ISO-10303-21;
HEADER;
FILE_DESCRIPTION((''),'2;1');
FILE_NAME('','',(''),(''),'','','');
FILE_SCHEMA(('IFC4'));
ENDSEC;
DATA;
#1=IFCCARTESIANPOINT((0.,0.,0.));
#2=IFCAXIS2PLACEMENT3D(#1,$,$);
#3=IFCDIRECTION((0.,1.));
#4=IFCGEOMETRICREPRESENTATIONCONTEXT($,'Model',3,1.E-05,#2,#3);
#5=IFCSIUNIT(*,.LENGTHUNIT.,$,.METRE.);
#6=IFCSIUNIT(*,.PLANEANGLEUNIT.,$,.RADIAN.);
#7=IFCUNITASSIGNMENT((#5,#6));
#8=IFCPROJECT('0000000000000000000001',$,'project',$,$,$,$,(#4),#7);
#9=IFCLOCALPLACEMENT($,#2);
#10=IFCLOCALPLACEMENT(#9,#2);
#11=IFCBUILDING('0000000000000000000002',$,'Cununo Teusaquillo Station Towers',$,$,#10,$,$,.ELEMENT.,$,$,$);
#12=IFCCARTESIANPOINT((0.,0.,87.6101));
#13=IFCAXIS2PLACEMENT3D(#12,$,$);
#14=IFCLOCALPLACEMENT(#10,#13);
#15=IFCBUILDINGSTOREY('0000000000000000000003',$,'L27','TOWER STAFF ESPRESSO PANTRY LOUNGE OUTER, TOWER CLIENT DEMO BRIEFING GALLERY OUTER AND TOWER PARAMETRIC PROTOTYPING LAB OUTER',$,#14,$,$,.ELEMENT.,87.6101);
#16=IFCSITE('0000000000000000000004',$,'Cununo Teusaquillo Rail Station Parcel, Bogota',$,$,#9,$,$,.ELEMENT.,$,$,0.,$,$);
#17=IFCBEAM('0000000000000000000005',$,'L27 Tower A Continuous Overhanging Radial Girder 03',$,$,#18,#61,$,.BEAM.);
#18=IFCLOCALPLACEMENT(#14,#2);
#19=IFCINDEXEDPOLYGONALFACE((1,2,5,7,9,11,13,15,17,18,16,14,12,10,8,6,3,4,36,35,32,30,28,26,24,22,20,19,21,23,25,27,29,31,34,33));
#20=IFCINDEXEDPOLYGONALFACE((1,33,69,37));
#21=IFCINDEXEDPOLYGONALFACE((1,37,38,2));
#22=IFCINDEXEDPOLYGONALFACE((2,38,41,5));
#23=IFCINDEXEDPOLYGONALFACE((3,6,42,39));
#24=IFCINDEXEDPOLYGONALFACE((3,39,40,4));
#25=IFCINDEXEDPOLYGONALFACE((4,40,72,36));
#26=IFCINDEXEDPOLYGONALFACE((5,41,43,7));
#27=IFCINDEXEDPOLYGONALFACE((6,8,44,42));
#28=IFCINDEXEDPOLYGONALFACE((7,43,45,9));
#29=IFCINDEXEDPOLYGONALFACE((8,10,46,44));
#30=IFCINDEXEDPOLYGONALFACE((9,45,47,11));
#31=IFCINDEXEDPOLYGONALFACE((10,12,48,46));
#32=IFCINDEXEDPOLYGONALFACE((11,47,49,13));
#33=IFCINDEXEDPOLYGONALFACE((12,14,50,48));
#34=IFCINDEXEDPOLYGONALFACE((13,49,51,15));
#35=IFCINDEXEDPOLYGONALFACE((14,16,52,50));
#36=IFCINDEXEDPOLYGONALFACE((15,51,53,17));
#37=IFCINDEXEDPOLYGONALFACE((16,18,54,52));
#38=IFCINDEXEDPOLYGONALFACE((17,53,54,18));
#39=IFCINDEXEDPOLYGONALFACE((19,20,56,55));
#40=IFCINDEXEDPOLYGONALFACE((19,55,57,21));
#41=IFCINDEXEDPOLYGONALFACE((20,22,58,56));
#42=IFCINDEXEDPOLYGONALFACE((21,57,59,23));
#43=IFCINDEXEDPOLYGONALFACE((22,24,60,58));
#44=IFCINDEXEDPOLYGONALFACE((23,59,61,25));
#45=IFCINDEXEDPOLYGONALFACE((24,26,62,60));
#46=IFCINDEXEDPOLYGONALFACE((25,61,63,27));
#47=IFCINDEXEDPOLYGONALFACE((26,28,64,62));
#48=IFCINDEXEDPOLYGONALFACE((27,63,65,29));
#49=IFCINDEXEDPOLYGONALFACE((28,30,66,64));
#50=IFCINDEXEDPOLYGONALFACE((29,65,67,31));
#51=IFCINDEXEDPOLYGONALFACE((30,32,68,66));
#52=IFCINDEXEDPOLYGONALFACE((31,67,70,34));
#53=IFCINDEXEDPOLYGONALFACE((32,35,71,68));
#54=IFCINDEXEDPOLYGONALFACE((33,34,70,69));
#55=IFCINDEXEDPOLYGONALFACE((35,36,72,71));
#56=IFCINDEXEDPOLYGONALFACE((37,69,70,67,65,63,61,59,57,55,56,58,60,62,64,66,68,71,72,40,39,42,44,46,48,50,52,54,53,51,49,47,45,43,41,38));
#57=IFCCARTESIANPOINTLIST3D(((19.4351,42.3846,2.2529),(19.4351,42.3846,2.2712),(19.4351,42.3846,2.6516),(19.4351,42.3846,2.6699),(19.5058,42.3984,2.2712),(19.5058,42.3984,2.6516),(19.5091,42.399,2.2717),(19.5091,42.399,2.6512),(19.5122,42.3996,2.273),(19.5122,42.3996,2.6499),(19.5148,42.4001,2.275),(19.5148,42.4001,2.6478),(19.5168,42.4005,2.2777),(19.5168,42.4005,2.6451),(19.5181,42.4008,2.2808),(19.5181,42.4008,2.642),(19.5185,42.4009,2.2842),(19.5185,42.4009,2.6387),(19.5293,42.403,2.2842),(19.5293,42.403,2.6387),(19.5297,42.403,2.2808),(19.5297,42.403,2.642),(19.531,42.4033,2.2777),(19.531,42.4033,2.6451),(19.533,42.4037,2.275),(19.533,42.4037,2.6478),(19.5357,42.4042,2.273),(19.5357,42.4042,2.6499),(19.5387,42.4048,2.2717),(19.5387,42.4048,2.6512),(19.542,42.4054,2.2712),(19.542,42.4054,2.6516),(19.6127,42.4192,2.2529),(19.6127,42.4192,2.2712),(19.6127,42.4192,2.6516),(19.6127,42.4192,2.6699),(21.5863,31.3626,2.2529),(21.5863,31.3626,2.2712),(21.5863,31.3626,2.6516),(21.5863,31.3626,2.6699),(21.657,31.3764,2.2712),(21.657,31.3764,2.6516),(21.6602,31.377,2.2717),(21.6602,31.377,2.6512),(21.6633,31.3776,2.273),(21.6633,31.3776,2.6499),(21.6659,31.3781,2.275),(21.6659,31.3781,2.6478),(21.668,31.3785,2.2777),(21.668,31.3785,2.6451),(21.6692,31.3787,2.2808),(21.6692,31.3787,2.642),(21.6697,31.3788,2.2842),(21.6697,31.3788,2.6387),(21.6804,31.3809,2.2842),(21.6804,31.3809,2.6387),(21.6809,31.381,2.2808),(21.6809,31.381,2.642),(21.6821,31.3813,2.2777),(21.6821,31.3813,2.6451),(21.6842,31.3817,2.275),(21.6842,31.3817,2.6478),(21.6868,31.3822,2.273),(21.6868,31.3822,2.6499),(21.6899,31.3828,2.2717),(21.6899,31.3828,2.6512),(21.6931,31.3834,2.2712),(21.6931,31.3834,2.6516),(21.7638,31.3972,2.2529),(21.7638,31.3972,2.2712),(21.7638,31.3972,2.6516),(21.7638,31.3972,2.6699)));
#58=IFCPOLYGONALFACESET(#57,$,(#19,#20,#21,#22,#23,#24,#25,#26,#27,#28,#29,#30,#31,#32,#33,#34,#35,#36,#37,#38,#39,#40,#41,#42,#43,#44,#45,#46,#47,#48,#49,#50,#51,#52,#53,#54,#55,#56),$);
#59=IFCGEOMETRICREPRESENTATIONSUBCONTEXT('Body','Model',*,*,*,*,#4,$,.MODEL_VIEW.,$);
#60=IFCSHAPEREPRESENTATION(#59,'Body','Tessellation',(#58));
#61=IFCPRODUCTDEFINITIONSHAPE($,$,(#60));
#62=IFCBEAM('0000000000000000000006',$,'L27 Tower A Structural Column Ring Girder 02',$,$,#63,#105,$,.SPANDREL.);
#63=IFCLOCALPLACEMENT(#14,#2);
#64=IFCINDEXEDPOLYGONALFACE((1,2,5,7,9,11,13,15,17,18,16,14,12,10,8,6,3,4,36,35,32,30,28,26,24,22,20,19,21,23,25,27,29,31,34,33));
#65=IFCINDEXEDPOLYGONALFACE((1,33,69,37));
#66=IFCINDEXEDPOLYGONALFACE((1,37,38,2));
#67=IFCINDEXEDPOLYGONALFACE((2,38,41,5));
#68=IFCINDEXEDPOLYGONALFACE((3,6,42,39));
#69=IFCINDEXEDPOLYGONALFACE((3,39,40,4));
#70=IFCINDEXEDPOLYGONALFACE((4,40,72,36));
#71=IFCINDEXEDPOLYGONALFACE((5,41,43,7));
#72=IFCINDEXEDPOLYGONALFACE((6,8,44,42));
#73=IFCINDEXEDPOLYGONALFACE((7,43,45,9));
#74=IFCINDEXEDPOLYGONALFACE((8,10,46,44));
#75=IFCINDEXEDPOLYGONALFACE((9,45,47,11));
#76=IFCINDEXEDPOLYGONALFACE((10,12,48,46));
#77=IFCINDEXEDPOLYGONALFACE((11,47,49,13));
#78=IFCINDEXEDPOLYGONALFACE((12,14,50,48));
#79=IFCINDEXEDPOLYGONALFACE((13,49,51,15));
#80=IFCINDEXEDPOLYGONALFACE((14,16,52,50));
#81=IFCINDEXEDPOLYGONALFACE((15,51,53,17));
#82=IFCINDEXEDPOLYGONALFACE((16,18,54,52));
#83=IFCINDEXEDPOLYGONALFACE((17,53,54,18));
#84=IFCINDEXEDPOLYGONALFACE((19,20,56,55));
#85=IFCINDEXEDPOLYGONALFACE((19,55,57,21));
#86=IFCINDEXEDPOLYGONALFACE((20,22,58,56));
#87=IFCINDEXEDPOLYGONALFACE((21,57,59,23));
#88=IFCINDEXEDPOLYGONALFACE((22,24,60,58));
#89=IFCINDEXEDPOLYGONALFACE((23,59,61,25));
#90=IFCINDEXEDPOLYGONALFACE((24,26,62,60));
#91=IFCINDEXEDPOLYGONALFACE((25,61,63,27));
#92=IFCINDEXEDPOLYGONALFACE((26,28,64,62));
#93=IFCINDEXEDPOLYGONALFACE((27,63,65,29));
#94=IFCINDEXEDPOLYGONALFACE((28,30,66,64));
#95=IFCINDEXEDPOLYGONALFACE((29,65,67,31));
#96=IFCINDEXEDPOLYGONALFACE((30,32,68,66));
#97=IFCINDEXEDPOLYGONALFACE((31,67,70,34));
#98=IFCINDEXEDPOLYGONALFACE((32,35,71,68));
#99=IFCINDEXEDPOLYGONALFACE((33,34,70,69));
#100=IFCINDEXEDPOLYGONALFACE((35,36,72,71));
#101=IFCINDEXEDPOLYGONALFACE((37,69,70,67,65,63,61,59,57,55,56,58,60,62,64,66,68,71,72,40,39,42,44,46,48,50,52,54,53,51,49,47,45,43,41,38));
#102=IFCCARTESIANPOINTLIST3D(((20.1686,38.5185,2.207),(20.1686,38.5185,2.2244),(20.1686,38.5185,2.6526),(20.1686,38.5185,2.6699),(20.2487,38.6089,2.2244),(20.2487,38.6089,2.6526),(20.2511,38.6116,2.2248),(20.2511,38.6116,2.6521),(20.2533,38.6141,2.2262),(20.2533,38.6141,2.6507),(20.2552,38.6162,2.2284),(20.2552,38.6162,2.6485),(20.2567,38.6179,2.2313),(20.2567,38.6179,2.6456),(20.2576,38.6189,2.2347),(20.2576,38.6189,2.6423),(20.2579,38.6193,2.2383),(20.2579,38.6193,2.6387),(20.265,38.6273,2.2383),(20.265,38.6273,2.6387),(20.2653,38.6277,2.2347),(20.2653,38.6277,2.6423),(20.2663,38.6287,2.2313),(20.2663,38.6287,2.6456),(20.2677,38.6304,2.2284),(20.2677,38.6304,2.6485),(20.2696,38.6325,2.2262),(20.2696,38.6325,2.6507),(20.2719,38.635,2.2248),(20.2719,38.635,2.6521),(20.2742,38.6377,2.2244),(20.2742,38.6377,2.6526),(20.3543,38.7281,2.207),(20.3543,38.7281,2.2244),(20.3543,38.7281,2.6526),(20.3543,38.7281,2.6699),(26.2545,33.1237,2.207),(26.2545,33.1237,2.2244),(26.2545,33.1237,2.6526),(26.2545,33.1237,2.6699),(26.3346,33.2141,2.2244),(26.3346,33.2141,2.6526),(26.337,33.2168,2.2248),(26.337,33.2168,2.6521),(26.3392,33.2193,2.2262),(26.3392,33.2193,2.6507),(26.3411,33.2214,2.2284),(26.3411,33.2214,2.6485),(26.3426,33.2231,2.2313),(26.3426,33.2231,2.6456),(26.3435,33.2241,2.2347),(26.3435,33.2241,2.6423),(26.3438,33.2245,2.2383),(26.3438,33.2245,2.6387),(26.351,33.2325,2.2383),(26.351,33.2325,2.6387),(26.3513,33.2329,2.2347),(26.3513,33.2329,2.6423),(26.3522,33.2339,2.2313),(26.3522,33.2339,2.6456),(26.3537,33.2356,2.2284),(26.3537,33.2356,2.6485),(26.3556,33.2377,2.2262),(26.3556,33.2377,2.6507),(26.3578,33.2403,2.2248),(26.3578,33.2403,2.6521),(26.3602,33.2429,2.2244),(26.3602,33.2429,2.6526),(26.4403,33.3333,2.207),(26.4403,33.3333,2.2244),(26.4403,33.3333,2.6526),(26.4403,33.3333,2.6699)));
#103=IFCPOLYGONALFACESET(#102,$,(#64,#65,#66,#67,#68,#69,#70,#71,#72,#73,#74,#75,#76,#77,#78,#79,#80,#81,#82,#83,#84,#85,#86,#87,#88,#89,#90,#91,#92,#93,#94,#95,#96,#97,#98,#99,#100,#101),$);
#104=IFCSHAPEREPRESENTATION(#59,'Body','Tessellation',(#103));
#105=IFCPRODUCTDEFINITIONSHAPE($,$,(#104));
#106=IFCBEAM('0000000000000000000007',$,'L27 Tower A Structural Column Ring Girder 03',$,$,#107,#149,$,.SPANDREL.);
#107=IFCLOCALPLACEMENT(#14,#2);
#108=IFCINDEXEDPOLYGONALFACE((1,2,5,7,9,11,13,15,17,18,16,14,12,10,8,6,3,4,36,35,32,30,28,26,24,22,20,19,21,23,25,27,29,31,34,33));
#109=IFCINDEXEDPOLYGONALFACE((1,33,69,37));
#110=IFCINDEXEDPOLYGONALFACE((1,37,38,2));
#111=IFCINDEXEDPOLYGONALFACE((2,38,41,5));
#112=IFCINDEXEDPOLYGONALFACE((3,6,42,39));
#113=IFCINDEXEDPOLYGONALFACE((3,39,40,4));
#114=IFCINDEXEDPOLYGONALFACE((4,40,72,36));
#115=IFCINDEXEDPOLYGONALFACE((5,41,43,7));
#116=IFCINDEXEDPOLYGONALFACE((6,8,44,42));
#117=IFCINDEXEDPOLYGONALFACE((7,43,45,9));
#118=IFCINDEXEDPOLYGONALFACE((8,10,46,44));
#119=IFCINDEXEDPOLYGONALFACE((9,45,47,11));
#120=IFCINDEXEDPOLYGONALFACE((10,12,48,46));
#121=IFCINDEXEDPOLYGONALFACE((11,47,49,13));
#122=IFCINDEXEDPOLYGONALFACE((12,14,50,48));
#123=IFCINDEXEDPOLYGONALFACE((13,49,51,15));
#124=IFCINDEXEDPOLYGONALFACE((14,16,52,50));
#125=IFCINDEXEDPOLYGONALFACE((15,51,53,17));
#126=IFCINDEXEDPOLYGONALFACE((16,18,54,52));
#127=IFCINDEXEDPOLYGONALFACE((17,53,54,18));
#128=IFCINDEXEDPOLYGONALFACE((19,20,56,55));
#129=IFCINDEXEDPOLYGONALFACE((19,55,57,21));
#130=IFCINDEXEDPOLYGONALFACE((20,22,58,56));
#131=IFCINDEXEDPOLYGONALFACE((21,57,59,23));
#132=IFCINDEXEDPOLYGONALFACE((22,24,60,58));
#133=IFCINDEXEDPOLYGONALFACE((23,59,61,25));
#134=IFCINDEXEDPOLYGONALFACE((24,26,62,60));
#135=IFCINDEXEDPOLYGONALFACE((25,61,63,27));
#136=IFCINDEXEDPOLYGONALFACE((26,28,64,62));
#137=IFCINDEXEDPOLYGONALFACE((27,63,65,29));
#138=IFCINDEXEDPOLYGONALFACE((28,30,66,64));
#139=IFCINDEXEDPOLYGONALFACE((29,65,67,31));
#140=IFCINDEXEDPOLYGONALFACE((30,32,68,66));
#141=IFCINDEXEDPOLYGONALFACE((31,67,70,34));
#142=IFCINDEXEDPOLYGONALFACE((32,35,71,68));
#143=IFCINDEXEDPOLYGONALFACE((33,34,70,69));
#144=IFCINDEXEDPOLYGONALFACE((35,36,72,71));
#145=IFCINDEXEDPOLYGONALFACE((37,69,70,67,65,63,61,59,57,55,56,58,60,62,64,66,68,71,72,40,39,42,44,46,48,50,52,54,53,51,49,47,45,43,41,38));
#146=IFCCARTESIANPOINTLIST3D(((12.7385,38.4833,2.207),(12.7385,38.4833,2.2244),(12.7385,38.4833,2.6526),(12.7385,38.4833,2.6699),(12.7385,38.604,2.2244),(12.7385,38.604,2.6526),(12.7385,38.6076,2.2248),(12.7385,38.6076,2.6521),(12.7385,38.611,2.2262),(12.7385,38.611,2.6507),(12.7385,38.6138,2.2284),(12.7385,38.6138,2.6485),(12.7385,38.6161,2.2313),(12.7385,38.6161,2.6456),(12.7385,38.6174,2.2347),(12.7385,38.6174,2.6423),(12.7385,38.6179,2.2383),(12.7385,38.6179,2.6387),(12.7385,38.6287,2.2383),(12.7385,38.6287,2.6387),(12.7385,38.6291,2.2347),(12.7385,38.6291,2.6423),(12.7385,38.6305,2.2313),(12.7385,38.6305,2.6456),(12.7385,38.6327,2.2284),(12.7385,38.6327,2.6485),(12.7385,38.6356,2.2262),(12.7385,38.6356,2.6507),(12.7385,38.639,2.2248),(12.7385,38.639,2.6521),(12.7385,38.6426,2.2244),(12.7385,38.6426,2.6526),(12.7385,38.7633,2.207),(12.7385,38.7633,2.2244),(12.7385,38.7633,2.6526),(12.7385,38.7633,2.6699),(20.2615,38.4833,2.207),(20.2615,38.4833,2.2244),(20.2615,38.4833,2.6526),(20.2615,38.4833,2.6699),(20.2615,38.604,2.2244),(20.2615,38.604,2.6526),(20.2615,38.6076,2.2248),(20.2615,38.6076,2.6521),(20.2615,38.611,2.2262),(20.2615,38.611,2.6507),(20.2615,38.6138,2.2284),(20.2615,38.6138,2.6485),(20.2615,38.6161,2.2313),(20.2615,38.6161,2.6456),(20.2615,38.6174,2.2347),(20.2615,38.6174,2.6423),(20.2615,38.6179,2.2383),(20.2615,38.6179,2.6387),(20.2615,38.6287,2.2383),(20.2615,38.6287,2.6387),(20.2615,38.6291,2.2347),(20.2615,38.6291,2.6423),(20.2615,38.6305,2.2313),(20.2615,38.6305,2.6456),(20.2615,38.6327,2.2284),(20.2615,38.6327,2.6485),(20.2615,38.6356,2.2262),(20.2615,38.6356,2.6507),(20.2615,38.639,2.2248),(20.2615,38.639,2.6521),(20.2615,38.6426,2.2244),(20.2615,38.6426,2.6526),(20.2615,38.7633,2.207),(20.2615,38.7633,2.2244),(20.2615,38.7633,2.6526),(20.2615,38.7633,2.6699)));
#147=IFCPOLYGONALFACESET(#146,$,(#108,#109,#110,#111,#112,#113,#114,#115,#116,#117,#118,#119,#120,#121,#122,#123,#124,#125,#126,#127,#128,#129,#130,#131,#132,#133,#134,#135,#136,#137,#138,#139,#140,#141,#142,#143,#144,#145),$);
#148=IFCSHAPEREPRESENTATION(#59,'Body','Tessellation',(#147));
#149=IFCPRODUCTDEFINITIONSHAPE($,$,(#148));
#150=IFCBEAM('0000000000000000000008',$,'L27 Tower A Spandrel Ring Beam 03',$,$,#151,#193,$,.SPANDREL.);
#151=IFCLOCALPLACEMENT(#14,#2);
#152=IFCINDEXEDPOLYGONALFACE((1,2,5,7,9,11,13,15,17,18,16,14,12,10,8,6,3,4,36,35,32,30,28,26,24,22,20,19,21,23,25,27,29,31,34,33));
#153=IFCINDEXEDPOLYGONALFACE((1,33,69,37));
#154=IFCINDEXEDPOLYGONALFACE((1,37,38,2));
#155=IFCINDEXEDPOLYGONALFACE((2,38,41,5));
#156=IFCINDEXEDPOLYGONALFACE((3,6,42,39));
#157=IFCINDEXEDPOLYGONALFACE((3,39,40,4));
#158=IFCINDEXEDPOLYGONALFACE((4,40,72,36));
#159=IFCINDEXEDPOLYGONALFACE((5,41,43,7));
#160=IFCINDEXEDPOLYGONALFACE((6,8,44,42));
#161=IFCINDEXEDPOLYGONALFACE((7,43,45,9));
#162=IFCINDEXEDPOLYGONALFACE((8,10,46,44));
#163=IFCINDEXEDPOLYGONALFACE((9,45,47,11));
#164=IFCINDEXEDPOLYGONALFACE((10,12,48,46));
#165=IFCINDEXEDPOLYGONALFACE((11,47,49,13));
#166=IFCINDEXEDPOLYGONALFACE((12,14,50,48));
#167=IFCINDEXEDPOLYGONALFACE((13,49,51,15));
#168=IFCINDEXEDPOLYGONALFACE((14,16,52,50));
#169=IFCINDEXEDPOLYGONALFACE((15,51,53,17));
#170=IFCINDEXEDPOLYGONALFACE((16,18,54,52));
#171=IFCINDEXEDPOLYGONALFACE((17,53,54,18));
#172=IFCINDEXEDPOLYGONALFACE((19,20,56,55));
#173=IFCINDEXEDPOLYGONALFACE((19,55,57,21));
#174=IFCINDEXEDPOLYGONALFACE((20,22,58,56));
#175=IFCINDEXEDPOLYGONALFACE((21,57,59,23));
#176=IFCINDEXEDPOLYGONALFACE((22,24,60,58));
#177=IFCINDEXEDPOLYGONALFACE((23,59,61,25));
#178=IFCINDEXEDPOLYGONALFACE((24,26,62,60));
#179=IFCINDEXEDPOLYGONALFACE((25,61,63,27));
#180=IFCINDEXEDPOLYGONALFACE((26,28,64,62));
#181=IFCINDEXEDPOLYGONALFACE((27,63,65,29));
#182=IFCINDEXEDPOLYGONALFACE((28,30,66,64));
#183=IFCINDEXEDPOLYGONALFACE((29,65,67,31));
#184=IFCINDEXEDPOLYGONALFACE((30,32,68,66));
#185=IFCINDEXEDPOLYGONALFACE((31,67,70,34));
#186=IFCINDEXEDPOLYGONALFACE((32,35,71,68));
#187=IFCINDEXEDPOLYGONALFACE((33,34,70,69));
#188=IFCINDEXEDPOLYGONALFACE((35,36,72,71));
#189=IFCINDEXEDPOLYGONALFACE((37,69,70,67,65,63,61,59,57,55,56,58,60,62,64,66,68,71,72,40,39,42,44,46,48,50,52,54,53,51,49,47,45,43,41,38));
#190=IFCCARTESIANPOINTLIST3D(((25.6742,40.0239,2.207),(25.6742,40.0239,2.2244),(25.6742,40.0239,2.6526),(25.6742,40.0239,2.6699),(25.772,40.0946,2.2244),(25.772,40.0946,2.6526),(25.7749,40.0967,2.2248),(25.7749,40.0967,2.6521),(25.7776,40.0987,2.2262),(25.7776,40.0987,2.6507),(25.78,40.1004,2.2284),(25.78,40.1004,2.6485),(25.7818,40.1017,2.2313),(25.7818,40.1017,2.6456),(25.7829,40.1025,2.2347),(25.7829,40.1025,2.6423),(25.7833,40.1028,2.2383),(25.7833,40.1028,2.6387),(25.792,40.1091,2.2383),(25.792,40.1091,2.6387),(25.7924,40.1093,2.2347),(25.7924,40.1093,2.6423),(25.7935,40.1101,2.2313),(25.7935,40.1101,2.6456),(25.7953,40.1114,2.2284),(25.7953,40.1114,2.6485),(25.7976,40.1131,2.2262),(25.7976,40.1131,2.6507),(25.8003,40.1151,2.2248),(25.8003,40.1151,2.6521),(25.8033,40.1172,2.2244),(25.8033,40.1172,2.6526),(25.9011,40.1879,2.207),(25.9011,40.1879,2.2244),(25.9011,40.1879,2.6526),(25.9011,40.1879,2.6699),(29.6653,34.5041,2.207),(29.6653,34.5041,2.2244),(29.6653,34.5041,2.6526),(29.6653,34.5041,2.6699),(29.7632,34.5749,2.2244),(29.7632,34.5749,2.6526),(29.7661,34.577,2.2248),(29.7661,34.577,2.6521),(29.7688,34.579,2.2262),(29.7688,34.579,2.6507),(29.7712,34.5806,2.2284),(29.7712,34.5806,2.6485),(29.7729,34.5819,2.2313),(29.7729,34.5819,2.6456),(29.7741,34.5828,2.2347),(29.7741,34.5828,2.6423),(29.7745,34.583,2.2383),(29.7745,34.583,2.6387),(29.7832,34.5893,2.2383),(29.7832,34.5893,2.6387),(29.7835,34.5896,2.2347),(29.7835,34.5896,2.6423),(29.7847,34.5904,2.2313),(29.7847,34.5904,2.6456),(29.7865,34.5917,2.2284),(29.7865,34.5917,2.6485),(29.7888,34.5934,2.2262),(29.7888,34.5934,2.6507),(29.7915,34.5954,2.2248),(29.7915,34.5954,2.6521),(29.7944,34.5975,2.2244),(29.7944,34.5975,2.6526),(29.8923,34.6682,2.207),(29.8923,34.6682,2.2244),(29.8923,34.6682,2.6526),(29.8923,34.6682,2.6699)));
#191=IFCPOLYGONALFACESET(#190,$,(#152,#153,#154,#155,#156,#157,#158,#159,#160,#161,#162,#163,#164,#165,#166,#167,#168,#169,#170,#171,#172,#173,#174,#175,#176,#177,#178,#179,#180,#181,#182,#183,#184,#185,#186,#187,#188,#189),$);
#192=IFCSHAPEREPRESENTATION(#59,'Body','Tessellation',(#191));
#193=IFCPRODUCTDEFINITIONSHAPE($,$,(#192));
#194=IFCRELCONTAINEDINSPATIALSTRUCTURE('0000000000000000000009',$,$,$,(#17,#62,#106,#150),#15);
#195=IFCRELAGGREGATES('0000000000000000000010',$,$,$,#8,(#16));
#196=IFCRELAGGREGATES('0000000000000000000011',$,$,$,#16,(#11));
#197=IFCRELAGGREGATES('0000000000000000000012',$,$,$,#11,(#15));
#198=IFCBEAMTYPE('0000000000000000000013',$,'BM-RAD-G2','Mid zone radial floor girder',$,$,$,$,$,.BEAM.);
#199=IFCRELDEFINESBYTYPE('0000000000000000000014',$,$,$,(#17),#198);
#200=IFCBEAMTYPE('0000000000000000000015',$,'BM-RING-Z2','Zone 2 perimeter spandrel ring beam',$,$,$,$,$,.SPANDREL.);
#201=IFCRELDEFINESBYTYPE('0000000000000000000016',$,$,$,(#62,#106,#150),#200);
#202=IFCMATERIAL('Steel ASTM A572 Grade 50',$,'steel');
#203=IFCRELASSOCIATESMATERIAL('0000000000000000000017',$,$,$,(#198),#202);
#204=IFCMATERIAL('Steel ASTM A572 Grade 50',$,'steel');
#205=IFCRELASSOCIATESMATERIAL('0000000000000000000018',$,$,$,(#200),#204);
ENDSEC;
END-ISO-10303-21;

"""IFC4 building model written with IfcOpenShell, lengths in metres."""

from ifc_helpers import new_model, si_unit, direction, frame, origin, origin_2d, place, context, subcontext, project, spatial, i_section, extrude, material, material_profile, profile_set, type_object, element, save


model = new_model("IFC4")

# Units and contexts
model_context = context("Model", 3, precision=1e-05, world=origin(), true_north=direction((0.0, 1.0)))
body_context = subcontext(model_context, "Body", "Model", "MODEL_VIEW")
ifc_project = project(units=[si_unit("LENGTHUNIT", "METRE"), si_unit("PLANEANGLEUNIT", "RADIAN")], contexts=[model_context])

# Site, building, storey
site_placement = place(None, origin())
site = spatial("IfcSite", under=ifc_project, at=site_placement, Name="Cununo Teusaquillo Rail Station Parcel, Bogota", CompositionType="ELEMENT", RefElevation=0.0)
building_placement = place(site_placement, origin())
building = spatial("IfcBuilding", under=site, at=building_placement, Name="Cununo Teusaquillo Station Towers", CompositionType="ELEMENT")
storey_placement = place(building_placement, frame((0.0, 0.0, 87.6101)))
storey = spatial("IfcBuildingStorey", under=building, at=storey_placement, Name="L27", Description="TOWER STAFF ESPRESSO PANTRY LOUNGE OUTER, TOWER CLIENT DEMO BRIEFING GALLERY OUTER AND TOWER PARAMETRIC PROTOTYPING LAB OUTER", CompositionType="ELEMENT", Elevation=87.6101)

# Beams
ifc_material_1 = material(Name="Steel ASTM A572 Grade 50", Category="steel")
ifc_material_profile_1 = material_profile(ifc_material_1, i_section(OverallWidth=0.1809, OverallDepth=0.417, WebThickness=0.011, FlangeThickness=0.0183, FilletRadius=0.0129, at=origin_2d()), Name="W16X57")
ifc_profile_set_1 = profile_set([ifc_material_profile_1], Name="Steel ASTM A572 Grade 50")
beam_type_1 = type_object("IfcBeamType", Name="BM-RAD-G2", Description="Mid zone radial floor girder", PredefinedType="BEAM", material=ifc_profile_set_1)
beam_1_placement = place(storey_placement, frame((21.675, 31.3799, 2.4614), z_axis=(-0.191553, 0.981482, 0.0), x_axis=(-0.981482, -0.191553, 0.0)))
element("IfcBeam", 1, at=beam_1_placement, inside=storey, type_object=beam_type_1, Name="L27 Tower A Continuous Overhanging Radial Girder 03", PredefinedType="BEAM", context=body_context, shape_type="SweptSolid", body=[
    extrude(i_section(OverallWidth=0.1809, OverallDepth=0.417, WebThickness=0.011, FlangeThickness=0.0183, FilletRadius=0.0129, at=origin_2d()), origin(), (0.0, 0.0, 1.0), 11.23),
])
ifc_material_2 = material(Name="Steel ASTM A572 Grade 50", Category="steel")
ifc_material_profile_2 = material_profile(ifc_material_2, i_section(OverallWidth=0.28, OverallDepth=0.4629, WebThickness=0.0107, FlangeThickness=0.0173, FilletRadius=0.0139, at=origin_2d()), Name="W18X76")
ifc_profile_set_2 = profile_set([ifc_material_profile_2], Name="Steel ASTM A572 Grade 50")
beam_type_2 = type_object("IfcBeamType", Name="BM-RING-Z2", Description="Zone 2 perimeter spandrel ring beam", PredefinedType="SPANDREL", material=ifc_profile_set_2)
beam_2_placement = place(storey_placement, frame((26.3474, 33.2285, 2.4385), z_axis=(-0.748321, 0.663337, 0.0), x_axis=(-0.663337, -0.748321, 0.0)))
element("IfcBeam", 2, at=beam_2_placement, inside=storey, type_object=beam_type_2, Name="L27 Tower A Structural Column Ring Girder 02", PredefinedType="SPANDREL", context=body_context, shape_type="SweptSolid", body=[
    extrude(i_section(OverallWidth=0.28, OverallDepth=0.4629, WebThickness=0.0107, FlangeThickness=0.0173, FilletRadius=0.0139, at=origin_2d()), origin(), (0.0, 0.0, 1.0), 8.1328),
])
beam_3_placement = place(storey_placement, frame((20.2615, 38.6233, 2.4385), z_axis=(-1.0, 0.0, 0.0), x_axis=(0.0, -1.0, 0.0)))
element("IfcBeam", 3, at=beam_3_placement, inside=storey, type_object=beam_type_2, Name="L27 Tower A Structural Column Ring Girder 03", PredefinedType="SPANDREL", context=body_context, shape_type="SweptSolid", body=[
    extrude(i_section(OverallWidth=0.28, OverallDepth=0.4629, WebThickness=0.0107, FlangeThickness=0.0173, FilletRadius=0.0139, at=origin_2d()), origin(), (0.0, 0.0, 1.0), 7.5229),
])
beam_4_placement = place(storey_placement, frame((29.7788, 34.5862, 2.4385), z_axis=(-0.585945, 0.810351, 0.0), x_axis=(-0.810351, -0.585945, 0.0)))
element("IfcBeam", 4, at=beam_4_placement, inside=storey, type_object=beam_type_2, Name="L27 Tower A Spandrel Ring Beam 03", PredefinedType="SPANDREL", context=body_context, shape_type="SweptSolid", body=[
    extrude(i_section(OverallWidth=0.28, OverallDepth=0.4629, WebThickness=0.0107, FlangeThickness=0.0173, FilletRadius=0.0139, at=origin_2d()), origin(), (0.0, 0.0, 1.0), 6.8115),
])

save(model, "model.ifc")
